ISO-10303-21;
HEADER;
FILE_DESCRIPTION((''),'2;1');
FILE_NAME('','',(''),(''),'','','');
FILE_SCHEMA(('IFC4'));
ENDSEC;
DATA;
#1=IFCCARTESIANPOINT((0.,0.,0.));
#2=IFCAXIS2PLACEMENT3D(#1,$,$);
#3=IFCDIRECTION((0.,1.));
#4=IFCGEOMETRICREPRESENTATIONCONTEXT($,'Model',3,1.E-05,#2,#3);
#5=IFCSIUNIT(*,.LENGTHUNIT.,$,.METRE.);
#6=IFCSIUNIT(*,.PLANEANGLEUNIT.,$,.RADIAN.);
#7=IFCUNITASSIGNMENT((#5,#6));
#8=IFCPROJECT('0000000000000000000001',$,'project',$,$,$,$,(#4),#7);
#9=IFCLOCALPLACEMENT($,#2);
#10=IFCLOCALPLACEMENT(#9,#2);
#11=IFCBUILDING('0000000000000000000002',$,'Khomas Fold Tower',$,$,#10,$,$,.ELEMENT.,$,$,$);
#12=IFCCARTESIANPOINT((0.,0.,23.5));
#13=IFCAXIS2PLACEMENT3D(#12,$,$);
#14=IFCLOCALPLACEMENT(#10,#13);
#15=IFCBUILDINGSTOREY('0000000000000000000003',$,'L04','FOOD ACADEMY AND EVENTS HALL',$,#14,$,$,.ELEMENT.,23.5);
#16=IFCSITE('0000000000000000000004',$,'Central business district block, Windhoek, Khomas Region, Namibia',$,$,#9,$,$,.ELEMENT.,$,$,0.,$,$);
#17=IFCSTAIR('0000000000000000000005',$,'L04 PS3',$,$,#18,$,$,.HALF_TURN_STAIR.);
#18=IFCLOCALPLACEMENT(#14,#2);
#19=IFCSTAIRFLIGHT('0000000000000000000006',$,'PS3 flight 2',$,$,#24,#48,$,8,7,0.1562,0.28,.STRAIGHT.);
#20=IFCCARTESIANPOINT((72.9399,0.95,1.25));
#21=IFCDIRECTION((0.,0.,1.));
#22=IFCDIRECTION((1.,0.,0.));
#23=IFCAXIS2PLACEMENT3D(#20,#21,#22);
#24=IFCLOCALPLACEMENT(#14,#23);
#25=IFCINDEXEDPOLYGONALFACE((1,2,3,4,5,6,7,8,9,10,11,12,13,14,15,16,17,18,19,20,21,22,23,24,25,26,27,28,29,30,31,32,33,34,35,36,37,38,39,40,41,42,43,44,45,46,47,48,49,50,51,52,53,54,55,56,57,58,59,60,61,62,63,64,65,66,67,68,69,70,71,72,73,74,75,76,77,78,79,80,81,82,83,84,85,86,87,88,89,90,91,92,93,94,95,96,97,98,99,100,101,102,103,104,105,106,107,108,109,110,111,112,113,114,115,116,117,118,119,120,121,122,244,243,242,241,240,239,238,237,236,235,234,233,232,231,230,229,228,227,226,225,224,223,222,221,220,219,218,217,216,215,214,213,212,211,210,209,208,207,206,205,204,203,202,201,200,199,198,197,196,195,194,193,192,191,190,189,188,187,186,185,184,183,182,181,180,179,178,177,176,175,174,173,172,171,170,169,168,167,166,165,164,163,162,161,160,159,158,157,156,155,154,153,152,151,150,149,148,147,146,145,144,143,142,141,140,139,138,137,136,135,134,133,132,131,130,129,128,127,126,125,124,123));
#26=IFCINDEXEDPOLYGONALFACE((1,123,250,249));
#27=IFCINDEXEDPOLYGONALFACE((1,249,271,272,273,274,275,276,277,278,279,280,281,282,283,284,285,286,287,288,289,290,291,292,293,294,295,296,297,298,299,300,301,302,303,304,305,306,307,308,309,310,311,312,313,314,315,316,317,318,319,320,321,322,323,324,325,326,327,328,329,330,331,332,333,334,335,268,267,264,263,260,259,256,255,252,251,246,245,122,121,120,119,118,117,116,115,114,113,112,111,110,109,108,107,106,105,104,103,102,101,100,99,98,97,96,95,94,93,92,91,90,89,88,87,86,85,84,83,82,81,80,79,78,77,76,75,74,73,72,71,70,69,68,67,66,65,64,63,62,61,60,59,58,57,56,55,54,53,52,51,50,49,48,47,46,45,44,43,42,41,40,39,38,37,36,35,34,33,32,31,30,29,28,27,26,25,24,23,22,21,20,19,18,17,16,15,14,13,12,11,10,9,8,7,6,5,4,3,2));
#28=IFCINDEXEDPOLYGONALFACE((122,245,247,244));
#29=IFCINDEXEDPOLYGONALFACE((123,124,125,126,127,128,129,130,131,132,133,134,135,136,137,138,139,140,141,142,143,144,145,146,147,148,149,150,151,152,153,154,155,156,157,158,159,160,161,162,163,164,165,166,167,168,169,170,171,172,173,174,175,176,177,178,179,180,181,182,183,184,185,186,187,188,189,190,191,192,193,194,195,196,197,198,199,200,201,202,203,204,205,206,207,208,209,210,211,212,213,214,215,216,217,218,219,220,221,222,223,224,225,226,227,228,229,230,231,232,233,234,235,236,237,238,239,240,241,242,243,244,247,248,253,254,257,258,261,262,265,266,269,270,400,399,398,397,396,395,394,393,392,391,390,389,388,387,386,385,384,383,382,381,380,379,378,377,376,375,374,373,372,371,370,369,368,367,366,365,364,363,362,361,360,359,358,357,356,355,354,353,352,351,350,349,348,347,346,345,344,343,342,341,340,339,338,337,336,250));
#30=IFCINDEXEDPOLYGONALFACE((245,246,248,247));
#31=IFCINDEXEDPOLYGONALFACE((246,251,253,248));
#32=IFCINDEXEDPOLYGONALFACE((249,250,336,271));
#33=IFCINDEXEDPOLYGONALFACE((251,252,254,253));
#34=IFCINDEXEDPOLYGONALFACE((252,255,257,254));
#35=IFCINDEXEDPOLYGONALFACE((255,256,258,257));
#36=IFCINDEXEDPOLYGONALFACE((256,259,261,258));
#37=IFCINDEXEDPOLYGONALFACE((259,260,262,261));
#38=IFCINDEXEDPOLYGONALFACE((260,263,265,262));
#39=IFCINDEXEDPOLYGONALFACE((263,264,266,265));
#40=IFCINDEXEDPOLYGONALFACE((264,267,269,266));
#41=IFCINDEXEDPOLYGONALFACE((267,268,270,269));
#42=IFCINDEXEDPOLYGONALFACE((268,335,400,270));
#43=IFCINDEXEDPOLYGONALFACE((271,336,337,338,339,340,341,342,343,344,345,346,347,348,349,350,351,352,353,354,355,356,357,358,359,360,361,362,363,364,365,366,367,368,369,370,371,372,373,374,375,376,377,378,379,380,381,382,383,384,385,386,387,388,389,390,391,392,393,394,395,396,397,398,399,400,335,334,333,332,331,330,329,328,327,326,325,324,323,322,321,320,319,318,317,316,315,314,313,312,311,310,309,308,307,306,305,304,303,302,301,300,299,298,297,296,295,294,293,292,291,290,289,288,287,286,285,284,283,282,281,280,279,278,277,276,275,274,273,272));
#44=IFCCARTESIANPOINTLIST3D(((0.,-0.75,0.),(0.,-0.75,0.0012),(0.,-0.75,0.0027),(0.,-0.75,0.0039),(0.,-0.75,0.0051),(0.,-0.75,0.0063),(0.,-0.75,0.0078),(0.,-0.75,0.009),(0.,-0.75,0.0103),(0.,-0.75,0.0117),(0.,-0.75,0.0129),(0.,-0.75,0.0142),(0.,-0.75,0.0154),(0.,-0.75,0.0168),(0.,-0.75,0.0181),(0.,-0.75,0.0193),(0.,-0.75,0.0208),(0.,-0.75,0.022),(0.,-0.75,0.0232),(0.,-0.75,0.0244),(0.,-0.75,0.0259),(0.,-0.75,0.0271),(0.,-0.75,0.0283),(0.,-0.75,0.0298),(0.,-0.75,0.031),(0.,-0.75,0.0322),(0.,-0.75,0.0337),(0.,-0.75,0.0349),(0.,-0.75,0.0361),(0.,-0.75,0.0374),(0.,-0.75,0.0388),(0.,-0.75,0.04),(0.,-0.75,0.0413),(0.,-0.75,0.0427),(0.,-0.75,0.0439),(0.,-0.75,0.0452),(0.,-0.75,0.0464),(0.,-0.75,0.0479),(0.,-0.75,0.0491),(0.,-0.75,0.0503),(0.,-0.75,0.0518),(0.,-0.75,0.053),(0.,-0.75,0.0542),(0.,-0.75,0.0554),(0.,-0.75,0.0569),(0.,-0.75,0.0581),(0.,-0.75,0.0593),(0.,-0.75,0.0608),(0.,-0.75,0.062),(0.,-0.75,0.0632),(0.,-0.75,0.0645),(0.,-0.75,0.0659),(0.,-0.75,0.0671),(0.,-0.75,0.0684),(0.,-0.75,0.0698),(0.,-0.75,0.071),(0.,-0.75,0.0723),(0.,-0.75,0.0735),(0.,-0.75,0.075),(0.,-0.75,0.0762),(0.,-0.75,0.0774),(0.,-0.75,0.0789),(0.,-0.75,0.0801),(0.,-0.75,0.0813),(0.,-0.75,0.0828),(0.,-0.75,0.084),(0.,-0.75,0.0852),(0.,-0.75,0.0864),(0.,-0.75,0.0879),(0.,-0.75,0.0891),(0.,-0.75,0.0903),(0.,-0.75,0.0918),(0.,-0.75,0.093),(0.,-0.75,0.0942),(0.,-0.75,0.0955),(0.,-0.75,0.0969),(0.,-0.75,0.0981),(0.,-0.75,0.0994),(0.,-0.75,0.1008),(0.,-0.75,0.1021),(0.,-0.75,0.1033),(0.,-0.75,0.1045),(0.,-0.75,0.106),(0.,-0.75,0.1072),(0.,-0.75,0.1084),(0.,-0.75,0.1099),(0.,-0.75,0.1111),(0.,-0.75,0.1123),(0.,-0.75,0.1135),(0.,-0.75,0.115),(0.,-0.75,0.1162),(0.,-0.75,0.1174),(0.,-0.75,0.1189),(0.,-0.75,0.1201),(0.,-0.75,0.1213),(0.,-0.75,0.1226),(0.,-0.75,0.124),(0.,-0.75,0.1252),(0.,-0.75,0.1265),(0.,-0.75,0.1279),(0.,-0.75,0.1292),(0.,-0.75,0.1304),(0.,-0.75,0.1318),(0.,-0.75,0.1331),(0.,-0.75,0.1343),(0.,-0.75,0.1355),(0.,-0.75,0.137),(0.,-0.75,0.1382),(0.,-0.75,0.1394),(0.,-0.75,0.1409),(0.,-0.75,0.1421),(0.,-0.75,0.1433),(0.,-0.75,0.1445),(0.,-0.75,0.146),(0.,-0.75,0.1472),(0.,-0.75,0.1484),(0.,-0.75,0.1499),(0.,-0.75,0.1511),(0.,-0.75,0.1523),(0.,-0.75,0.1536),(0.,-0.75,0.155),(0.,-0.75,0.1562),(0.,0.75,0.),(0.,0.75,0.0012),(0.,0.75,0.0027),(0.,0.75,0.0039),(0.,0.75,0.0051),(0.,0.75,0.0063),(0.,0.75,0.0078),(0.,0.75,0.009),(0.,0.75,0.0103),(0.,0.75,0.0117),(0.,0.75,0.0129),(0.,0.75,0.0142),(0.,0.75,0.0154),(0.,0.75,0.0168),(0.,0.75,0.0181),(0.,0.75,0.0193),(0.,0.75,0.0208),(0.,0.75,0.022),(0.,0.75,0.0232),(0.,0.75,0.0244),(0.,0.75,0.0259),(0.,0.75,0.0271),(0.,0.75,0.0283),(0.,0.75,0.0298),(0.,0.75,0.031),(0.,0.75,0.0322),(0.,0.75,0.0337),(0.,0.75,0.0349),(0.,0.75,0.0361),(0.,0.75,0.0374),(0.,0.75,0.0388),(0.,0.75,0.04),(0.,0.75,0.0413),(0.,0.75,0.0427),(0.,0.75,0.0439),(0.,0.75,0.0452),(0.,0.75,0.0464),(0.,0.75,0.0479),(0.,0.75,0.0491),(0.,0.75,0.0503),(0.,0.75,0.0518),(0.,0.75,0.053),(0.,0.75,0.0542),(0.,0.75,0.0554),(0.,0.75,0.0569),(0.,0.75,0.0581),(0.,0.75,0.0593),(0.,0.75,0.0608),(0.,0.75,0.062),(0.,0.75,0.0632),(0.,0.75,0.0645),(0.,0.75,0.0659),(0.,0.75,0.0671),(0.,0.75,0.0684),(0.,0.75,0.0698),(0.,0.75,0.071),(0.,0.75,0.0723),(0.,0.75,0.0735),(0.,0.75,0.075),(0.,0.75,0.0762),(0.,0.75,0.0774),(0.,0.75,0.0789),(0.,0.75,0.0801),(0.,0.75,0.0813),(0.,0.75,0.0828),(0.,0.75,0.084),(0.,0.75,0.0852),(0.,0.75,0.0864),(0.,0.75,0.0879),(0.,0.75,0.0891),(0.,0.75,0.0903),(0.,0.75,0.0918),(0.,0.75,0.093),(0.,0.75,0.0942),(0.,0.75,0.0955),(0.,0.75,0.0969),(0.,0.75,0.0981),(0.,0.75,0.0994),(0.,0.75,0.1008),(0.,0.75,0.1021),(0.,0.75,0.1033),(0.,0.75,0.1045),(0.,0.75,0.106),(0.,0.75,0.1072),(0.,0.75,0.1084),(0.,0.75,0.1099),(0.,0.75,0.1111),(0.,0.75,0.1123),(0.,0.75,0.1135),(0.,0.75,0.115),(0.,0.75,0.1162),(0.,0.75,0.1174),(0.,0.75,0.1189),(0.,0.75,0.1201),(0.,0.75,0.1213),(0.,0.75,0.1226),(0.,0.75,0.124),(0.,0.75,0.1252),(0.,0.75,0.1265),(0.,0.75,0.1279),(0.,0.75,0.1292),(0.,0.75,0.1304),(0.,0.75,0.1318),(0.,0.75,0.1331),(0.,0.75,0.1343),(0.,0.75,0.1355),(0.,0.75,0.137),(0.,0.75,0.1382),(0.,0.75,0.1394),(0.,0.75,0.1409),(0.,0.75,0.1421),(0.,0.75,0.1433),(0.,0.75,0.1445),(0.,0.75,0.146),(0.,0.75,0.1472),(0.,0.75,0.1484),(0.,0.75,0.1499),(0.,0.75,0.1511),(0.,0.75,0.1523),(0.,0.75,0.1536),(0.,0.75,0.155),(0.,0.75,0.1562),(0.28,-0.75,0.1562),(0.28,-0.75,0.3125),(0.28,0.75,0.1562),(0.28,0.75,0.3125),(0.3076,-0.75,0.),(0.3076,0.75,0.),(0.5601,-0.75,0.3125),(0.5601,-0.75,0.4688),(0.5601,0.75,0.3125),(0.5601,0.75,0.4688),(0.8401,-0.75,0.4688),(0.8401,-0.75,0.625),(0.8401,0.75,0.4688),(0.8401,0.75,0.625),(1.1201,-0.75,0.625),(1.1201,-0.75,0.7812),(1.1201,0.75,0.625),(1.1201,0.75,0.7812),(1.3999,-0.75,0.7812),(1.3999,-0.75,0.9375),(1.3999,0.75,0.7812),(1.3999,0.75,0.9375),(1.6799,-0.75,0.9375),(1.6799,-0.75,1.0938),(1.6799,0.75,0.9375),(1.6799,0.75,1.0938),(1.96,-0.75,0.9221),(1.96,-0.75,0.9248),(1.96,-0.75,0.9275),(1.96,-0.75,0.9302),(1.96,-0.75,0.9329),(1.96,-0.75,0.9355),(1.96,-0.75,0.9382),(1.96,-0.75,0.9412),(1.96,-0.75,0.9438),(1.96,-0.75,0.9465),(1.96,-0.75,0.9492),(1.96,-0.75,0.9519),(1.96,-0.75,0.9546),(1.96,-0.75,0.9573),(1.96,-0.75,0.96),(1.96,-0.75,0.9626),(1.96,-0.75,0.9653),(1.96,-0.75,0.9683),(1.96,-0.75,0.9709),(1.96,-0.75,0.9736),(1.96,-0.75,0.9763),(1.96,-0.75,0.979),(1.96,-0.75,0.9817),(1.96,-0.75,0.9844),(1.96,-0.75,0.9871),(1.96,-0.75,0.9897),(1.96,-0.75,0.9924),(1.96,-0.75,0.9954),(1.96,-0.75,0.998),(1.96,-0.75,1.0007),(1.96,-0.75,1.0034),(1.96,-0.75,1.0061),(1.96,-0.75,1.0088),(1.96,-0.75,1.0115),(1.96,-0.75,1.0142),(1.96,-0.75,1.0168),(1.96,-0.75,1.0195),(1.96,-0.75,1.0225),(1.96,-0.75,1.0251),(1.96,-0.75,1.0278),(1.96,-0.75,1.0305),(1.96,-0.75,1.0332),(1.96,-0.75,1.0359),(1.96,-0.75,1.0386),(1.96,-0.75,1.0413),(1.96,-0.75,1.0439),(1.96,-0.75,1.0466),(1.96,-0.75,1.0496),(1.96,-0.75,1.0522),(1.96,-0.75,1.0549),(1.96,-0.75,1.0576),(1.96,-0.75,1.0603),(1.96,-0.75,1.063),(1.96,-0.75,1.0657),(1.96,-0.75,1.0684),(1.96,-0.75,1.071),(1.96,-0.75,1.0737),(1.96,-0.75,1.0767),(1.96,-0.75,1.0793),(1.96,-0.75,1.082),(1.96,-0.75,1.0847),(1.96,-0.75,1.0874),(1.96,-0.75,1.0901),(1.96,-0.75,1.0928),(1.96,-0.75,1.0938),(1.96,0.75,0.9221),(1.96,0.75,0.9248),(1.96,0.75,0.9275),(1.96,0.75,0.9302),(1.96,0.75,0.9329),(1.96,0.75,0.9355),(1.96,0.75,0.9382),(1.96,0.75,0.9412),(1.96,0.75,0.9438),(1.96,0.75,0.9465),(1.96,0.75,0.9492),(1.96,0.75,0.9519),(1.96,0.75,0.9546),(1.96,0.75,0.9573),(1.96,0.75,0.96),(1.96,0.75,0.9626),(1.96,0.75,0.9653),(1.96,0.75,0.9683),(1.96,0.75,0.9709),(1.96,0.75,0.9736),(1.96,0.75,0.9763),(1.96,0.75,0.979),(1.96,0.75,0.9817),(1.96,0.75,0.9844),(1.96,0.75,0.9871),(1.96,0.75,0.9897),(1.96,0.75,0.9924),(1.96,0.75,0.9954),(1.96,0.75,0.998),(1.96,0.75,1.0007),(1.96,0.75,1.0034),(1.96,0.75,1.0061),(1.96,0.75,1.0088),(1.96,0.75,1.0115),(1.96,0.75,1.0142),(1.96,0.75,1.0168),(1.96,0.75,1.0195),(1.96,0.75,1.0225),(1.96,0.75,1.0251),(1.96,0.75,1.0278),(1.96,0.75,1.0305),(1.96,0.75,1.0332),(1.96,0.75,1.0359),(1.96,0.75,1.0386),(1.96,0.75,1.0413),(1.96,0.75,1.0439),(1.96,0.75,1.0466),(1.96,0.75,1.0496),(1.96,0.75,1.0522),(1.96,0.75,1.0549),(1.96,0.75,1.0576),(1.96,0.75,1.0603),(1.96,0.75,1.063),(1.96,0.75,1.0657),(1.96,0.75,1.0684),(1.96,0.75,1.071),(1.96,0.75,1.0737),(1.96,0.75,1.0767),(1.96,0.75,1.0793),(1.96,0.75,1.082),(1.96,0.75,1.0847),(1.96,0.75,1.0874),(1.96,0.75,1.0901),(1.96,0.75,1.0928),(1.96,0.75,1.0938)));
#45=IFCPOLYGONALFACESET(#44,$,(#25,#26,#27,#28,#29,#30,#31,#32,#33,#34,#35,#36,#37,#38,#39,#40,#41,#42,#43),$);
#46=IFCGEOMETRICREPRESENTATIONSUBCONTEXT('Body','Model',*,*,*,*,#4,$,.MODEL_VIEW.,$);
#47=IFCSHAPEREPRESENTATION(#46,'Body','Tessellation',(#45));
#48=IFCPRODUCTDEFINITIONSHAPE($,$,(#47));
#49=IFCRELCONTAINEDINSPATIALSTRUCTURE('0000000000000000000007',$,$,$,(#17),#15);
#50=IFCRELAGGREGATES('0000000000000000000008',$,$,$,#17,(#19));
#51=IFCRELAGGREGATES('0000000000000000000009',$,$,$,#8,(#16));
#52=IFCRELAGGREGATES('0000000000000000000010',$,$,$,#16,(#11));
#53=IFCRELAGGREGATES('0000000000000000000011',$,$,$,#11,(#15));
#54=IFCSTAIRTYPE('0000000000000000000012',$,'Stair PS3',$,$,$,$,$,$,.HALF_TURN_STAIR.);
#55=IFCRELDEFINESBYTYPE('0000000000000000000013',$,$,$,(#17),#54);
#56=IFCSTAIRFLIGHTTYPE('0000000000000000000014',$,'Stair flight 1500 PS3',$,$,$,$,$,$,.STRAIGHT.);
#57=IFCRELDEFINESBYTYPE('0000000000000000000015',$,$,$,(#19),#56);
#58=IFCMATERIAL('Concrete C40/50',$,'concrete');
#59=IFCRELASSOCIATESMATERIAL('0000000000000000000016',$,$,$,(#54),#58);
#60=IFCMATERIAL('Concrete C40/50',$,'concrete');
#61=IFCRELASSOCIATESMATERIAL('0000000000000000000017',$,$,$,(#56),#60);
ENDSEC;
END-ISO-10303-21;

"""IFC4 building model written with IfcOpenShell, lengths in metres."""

from ifc_helpers import new_model, si_unit, direction, frame, origin, place, context, subcontext, project, spatial, polyline, outline, extrude, source, transform, mapped, material, type_object, element, aggregate, save


model = new_model("IFC4")

# Units and contexts
model_context = context("Model", 3, precision=1e-05, world=origin(), true_north=direction((0.0, 1.0)))
body_context = subcontext(model_context, "Body", "Model", "MODEL_VIEW")
ifc_project = project(units=[si_unit("LENGTHUNIT", "METRE"), si_unit("PLANEANGLEUNIT", "RADIAN")], contexts=[model_context])

# Site, building, storey
site_placement = place(None, origin())
site = spatial("IfcSite", under=ifc_project, at=site_placement, Name="Central business district block, Windhoek, Khomas Region, Namibia", CompositionType="ELEMENT", RefElevation=0.0)
building_placement = place(site_placement, origin())
building = spatial("IfcBuilding", under=site, at=building_placement, Name="Khomas Fold Tower", CompositionType="ELEMENT")
storey_placement = place(building_placement, frame((0.0, 0.0, 23.5)))
storey = spatial("IfcBuildingStorey", under=building, at=storey_placement, Name="L04", Description="FOOD ACADEMY AND EVENTS HALL", CompositionType="ELEMENT", Elevation=23.5)

# Stair, stair flight
ifc_material_1 = material(Name="Concrete C40/50", Category="concrete")
stair_type = type_object("IfcStairType", Name="Stair PS3", PredefinedType="HALF_TURN_STAIR", material=ifc_material_1)
stair_placement = place(storey_placement, origin())
stair = element("IfcStair", 1, at=stair_placement, inside=storey, type_object=stair_type, Name="L04 PS3", PredefinedType="HALF_TURN_STAIR")
ifc_material_2 = material(Name="Concrete C40/50", Category="concrete")
stair_flight_type = type_object("IfcStairFlightType", Name="Stair flight 1500 PS3", PredefinedType="STRAIGHT", material=ifc_material_2)
shared_shape_1 = source(origin(), body_context, "Body", "SweptSolid", [
    extrude(outline(polyline([(0.0, 0.0), (0.0, 0.0012), (0.0, 0.0027), (0.0, 0.0039), (0.0, 0.0051), (0.0, 0.0063), (0.0, 0.0078), (0.0, 0.009), (0.0, 0.0103), (0.0, 0.0117), (0.0, 0.0129), (0.0, 0.0142), (0.0, 0.0154), (0.0, 0.0168), (0.0, 0.0181), (0.0, 0.0193), (0.0, 0.0208), (0.0, 0.022), (0.0, 0.0232), (0.0, 0.0244), (0.0, 0.0259), (0.0, 0.0271), (0.0, 0.0283), (0.0, 0.0298), (0.0, 0.031), (0.0, 0.0322), (0.0, 0.0337), (0.0, 0.0349), (0.0, 0.0361), (0.0, 0.0374), (0.0, 0.0388), (0.0, 0.04), (0.0, 0.0413), (0.0, 0.0427), (0.0, 0.0439), (0.0, 0.0452), (0.0, 0.0464), (0.0, 0.0479), (0.0, 0.0491), (0.0, 0.0503), (0.0, 0.0518), (0.0, 0.053), (0.0, 0.0542), (0.0, 0.0554), (0.0, 0.0569), (0.0, 0.0581), (0.0, 0.0593), (0.0, 0.0608), (0.0, 0.062), (0.0, 0.0632), (0.0, 0.0645), (0.0, 0.0659), (0.0, 0.0671), (0.0, 0.0684), (0.0, 0.0698), (0.0, 0.071), (0.0, 0.0723), (0.0, 0.0735), (0.0, 0.075), (0.0, 0.0762), (0.0, 0.0774), (0.0, 0.0789), (0.0, 0.0801), (0.0, 0.0813), (0.0, 0.0828), (0.0, 0.084), (0.0, 0.0852), (0.0, 0.0864), (0.0, 0.0879), (0.0, 0.0891), (0.0, 0.0903), (0.0, 0.0918), (0.0, 0.093), (0.0, 0.0942), (0.0, 0.0955), (0.0, 0.0969), (0.0, 0.0981), (0.0, 0.0994), (0.0, 0.1008), (0.0, 0.1021), (0.0, 0.1033), (0.0, 0.1045), (0.0, 0.106), (0.0, 0.1072), (0.0, 0.1084), (0.0, 0.1099), (0.0, 0.1111), (0.0, 0.1123), (0.0, 0.1135), (0.0, 0.115), (0.0, 0.1162), (0.0, 0.1174), (0.0, 0.1189), (0.0, 0.1201), (0.0, 0.1213), (0.0, 0.1226), (0.0, 0.124), (0.0, 0.1252), (0.0, 0.1265), (0.0, 0.1279), (0.0, 0.1292), (0.0, 0.1304), (0.0, 0.1318), (0.0, 0.1331), (0.0, 0.1343), (0.0, 0.1355), (0.0, 0.137), (0.0, 0.1382), (0.0, 0.1394), (0.0, 0.1409), (0.0, 0.1421), (0.0, 0.1433), (0.0, 0.1445), (0.0, 0.146), (0.0, 0.1472), (0.0, 0.1484), (0.0, 0.1499), (0.0, 0.1511), (0.0, 0.1523), (0.0, 0.1536), (0.0, 0.155), (0.0, 0.1562), (0.28, 0.1562), (0.28, 0.3125), (0.5601, 0.3125), (0.5601, 0.4688), (0.8401, 0.4688), (0.8401, 0.625), (1.1201, 0.625), (1.1201, 0.7812), (1.3999, 0.7812), (1.3999, 0.9375), (1.6799, 0.9375), (1.6799, 1.0938), (1.96, 1.0938), (1.96, 1.25), (1.96, 1.2473), (1.96, 1.2446), (1.96, 1.2419), (1.96, 1.2393), (1.96, 1.2363), (1.96, 1.2336), (1.96, 1.231), (1.96, 1.2283), (1.96, 1.2256), (1.96, 1.2229), (1.96, 1.2202), (1.96, 1.2175), (1.96, 1.2148), (1.96, 1.2122), (1.96, 1.2092), (1.96, 1.2065), (1.96, 1.2039), (1.96, 1.2012), (1.96, 1.1985), (1.96, 1.1958), (1.96, 1.1931), (1.96, 1.1904), (1.96, 1.1877), (1.96, 1.1851), (1.96, 1.1821), (1.96, 1.1794), (1.96, 1.1768), (1.96, 1.1741), (1.96, 1.1714), (1.96, 1.1687), (1.96, 1.166), (1.96, 1.1633), (1.96, 1.1606), (1.96, 1.158), (1.96, 1.155), (1.96, 1.1523), (1.96, 1.1497), (1.96, 1.147), (1.96, 1.1443), (1.96, 1.1416), (1.96, 1.1389), (1.96, 1.1362), (1.96, 1.1335), (1.96, 1.1309), (1.96, 1.1279), (1.96, 1.1252), (1.96, 1.1226), (1.96, 1.1199), (1.96, 1.1172), (1.96, 1.1145), (1.96, 1.1118), (1.96, 1.1091), (1.96, 1.1064), (1.96, 1.1038), (1.96, 1.1008), (1.96, 1.0981), (1.96, 1.0955), (1.96, 1.0928), (1.96, 1.0901), (1.96, 1.0874), (1.96, 1.0847), (1.96, 1.082), (1.96, 1.0793), (1.96, 1.0767), (1.96, 1.0737), (1.96, 1.071), (1.96, 1.0684), (1.96, 1.0657), (1.96, 1.063), (1.96, 1.0603), (1.96, 1.0576), (1.96, 1.0549), (1.96, 1.0522), (1.96, 1.0496), (1.96, 1.0466), (1.96, 1.0439), (1.96, 1.0413), (1.96, 1.0386), (1.96, 1.0359), (1.96, 1.0332), (1.96, 1.0305), (1.96, 1.0278), (1.96, 1.0251), (1.96, 1.0225), (1.96, 1.0195), (1.96, 1.0168), (1.96, 1.0142), (1.96, 1.0115), (1.96, 1.0088), (1.96, 1.0061), (1.96, 1.0034), (1.96, 1.0007), (1.96, 0.998), (1.96, 0.9954), (1.96, 0.9924), (1.96, 0.9897), (1.96, 0.9871), (1.96, 0.9844), (1.96, 0.9817), (1.96, 0.979), (1.96, 0.9763), (1.96, 0.9736), (1.96, 0.9709), (1.96, 0.9683), (1.96, 0.9653), (1.96, 0.9626), (1.96, 0.96), (1.96, 0.9573), (1.96, 0.9546), (1.96, 0.9519), (1.96, 0.9492), (1.96, 0.9465), (1.96, 0.9438), (1.96, 0.9412), (1.96, 0.9382), (1.96, 0.9355), (1.96, 0.9329), (1.96, 0.9302), (1.96, 0.9275), (1.96, 0.9248), (1.96, 0.9221), (0.3076, 0.0), (0.0, 0.0)])), frame((0.0, 0.75, 0.0), z_axis=(0.0, -1.0, 0.0), x_axis=(1.0, 0.0, 0.0)), (0.0, 0.0, 1.0), 1.5),
])
stair_flight_1_placement = place(storey_placement, frame((72.9399, 0.95, 1.25), z_axis=(0.0, 0.0, 1.0), x_axis=(1.0, 0.0, 0.0)))
stair_flight_1 = element("IfcStairFlight", 2, at=stair_flight_1_placement, type_object=stair_flight_type, Name="PS3 flight 2", NumberOfRisers=8, NumberOfTreads=7, PredefinedType="STRAIGHT", RiserHeight=0.1562, TreadLength=0.28, context=body_context, shape_type="MappedRepresentation", body=[
    mapped(shared_shape_1, transform((0.0, 0.0, 0.0))),
])
aggregate(stair, [stair_flight_1])

save(model, "model.ifc")
